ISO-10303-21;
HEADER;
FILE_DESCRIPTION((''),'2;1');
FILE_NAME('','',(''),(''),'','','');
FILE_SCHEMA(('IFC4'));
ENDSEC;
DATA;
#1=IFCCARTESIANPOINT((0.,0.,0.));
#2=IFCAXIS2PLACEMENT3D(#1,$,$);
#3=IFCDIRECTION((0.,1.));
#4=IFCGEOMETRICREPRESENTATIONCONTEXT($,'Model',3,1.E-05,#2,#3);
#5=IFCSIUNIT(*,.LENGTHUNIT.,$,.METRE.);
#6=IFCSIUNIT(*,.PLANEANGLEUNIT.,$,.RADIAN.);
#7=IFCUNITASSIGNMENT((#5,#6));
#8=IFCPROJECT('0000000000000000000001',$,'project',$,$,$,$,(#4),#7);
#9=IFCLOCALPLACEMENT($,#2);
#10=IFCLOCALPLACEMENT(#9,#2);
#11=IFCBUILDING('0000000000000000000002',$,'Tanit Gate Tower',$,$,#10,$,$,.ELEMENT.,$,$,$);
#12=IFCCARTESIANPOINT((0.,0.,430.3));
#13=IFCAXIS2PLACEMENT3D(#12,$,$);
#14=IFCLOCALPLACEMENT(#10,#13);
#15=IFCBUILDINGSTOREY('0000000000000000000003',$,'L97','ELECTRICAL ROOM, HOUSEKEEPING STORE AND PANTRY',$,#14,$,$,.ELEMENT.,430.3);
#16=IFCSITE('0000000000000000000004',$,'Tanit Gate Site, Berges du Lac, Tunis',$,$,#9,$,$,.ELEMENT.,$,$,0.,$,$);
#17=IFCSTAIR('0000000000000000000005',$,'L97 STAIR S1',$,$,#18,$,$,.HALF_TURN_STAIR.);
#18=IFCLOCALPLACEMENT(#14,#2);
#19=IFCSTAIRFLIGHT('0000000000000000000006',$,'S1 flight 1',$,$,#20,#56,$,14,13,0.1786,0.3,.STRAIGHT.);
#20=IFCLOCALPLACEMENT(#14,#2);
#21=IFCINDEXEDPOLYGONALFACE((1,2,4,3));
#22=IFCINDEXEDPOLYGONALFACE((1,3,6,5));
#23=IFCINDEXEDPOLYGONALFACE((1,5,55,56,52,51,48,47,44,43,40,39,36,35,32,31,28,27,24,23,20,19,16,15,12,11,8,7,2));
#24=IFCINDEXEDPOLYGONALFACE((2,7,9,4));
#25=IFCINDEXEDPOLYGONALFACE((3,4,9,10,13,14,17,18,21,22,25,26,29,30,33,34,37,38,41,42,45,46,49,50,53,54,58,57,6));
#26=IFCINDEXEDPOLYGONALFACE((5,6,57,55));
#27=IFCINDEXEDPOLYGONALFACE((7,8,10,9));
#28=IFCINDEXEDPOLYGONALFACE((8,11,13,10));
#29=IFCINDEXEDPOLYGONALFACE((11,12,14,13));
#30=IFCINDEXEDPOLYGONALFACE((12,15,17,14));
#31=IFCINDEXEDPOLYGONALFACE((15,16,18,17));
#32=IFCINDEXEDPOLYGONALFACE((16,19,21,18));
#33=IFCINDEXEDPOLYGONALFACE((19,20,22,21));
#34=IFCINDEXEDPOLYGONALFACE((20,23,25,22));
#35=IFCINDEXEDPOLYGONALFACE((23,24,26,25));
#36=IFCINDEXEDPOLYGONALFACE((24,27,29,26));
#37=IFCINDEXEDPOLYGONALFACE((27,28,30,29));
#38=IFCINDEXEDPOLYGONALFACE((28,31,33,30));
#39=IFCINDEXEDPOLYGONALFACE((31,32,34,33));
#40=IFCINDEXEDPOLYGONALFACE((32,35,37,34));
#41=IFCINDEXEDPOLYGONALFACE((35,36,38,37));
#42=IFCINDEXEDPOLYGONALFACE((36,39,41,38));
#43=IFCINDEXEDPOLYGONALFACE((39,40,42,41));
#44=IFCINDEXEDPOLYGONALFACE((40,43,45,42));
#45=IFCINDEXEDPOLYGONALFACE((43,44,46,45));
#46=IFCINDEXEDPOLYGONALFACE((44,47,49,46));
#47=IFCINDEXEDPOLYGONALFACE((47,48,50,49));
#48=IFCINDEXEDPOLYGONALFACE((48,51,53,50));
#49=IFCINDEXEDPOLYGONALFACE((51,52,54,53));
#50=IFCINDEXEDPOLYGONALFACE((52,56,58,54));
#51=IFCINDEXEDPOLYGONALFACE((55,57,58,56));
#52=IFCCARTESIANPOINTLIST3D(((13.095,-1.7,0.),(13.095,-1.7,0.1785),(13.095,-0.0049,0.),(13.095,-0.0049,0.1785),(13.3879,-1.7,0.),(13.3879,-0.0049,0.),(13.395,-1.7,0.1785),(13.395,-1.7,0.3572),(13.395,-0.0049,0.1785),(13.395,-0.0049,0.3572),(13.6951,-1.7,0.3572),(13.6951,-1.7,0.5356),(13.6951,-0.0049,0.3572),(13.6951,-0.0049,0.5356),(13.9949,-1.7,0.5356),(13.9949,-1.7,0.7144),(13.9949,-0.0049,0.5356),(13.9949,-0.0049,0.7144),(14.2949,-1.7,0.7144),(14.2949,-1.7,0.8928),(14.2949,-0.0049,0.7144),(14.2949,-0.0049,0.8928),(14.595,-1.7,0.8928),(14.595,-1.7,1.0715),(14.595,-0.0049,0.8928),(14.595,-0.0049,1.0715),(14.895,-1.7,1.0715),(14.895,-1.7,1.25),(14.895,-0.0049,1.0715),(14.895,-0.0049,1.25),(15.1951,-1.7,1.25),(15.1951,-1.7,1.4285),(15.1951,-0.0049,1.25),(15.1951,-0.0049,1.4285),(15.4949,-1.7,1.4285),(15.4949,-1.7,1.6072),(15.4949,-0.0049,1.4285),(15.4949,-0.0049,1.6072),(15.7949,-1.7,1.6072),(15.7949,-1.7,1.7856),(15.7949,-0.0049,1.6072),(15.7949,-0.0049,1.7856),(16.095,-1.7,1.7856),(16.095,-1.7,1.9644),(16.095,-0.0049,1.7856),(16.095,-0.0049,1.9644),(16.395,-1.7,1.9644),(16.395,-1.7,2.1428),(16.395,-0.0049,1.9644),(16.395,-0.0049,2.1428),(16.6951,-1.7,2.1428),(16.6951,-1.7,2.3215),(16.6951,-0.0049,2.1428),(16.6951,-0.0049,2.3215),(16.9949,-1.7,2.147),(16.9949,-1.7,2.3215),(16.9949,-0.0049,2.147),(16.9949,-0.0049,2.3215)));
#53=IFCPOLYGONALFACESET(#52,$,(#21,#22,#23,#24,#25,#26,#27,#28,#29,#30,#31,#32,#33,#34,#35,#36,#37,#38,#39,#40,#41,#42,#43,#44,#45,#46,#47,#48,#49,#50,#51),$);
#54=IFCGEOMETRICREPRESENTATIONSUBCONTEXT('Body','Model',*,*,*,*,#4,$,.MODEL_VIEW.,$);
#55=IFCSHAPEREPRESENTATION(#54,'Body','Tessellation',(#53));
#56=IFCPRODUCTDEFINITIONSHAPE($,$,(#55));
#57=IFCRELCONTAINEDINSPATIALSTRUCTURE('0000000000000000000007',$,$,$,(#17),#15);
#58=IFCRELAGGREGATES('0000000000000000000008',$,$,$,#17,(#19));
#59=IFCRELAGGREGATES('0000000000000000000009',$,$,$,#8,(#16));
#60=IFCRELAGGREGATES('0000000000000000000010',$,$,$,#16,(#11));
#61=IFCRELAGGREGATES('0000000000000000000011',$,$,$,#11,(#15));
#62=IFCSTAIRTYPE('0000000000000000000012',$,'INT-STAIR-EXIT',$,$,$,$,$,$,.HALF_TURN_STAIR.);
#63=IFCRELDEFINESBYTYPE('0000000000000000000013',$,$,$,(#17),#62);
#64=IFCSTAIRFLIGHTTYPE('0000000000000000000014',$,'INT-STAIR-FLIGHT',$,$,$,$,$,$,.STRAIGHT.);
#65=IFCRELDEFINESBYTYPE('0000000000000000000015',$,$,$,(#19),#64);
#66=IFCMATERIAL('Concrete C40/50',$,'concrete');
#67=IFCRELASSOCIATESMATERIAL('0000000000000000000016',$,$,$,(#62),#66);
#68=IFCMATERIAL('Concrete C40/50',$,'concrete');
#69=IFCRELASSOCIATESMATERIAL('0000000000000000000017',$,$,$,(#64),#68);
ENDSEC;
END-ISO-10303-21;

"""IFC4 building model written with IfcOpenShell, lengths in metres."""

from ifc_helpers import new_model, si_unit, direction, frame, origin, place, context, subcontext, project, spatial, polyline, outline, extrude, material, type_object, element, aggregate, save


model = new_model("IFC4")

# Units and contexts
model_context = context("Model", 3, precision=1e-05, world=origin(), true_north=direction((0.0, 1.0)))
body_context = subcontext(model_context, "Body", "Model", "MODEL_VIEW")
ifc_project = project(units=[si_unit("LENGTHUNIT", "METRE"), si_unit("PLANEANGLEUNIT", "RADIAN")], contexts=[model_context])

# Site, building, storey
site_placement = place(None, origin())
site = spatial("IfcSite", under=ifc_project, at=site_placement, Name="Tanit Gate Site, Berges du Lac, Tunis", CompositionType="ELEMENT", RefElevation=0.0)
building_placement = place(site_placement, origin())
building = spatial("IfcBuilding", under=site, at=building_placement, Name="Tanit Gate Tower", CompositionType="ELEMENT")
storey_placement = place(building_placement, frame((0.0, 0.0, 430.3)))
storey = spatial("IfcBuildingStorey", under=building, at=storey_placement, Name="L97", Description="ELECTRICAL ROOM, HOUSEKEEPING STORE AND PANTRY", CompositionType="ELEMENT", Elevation=430.3)

# Stair, stair flight
ifc_material_1 = material(Name="Concrete C40/50", Category="concrete")
stair_type = type_object("IfcStairType", Name="INT-STAIR-EXIT", PredefinedType="HALF_TURN_STAIR", material=ifc_material_1)
stair_placement = place(storey_placement, origin())
stair = element("IfcStair", 1, at=stair_placement, inside=storey, type_object=stair_type, Name="L97 STAIR S1", PredefinedType="HALF_TURN_STAIR")
ifc_material_2 = material(Name="Concrete C40/50", Category="concrete")
stair_flight_type = type_object("IfcStairFlightType", Name="INT-STAIR-FLIGHT", PredefinedType="STRAIGHT", material=ifc_material_2)
stair_flight_placement = place(storey_placement, frame((13.095, -0.8525, 0.0), z_axis=(0.0, 0.0, 1.0), x_axis=(1.0, 0.0, 0.0)))
stair_flight = element("IfcStairFlight", 2, at=stair_flight_placement, type_object=stair_flight_type, Name="S1 flight 1", NumberOfRisers=14, NumberOfTreads=13, PredefinedType="STRAIGHT", RiserHeight=0.1786, TreadLength=0.3, context=body_context, shape_type="SweptSolid", body=[
    extrude(outline(polyline([(0.0, 0.0), (0.0, 0.1785), (0.3, 0.1785), (0.3, 0.3572), (0.6001, 0.3572), (0.6001, 0.5356), (0.8999, 0.5356), (0.8999, 0.7144), (1.2, 0.7144), (1.2, 0.8928), (1.5, 0.8928), (1.5, 1.0715), (1.8, 1.0715), (1.8, 1.25), (2.1001, 1.25), (2.1001, 1.4285), (2.3999, 1.4285), (2.3999, 1.6072), (2.7, 1.6072), (2.7, 1.7856), (3.0, 1.7856), (3.0, 1.9644), (3.3, 1.9644), (3.3, 2.1428), (3.6001, 2.1428), (3.6001, 2.3215), (3.8999, 2.3215), (3.8999, 2.5), (3.8999, 2.147), (0.293, 0.0), (0.0, 0.0)])), frame((0.0, 0.8477, 0.0), z_axis=(0.0, -1.0, 0.0), x_axis=(1.0, 0.0, 0.0)), (0.0, 0.0, 1.0), 1.6951),
])
aggregate(stair, [stair_flight])

save(model, "model.ifc")
